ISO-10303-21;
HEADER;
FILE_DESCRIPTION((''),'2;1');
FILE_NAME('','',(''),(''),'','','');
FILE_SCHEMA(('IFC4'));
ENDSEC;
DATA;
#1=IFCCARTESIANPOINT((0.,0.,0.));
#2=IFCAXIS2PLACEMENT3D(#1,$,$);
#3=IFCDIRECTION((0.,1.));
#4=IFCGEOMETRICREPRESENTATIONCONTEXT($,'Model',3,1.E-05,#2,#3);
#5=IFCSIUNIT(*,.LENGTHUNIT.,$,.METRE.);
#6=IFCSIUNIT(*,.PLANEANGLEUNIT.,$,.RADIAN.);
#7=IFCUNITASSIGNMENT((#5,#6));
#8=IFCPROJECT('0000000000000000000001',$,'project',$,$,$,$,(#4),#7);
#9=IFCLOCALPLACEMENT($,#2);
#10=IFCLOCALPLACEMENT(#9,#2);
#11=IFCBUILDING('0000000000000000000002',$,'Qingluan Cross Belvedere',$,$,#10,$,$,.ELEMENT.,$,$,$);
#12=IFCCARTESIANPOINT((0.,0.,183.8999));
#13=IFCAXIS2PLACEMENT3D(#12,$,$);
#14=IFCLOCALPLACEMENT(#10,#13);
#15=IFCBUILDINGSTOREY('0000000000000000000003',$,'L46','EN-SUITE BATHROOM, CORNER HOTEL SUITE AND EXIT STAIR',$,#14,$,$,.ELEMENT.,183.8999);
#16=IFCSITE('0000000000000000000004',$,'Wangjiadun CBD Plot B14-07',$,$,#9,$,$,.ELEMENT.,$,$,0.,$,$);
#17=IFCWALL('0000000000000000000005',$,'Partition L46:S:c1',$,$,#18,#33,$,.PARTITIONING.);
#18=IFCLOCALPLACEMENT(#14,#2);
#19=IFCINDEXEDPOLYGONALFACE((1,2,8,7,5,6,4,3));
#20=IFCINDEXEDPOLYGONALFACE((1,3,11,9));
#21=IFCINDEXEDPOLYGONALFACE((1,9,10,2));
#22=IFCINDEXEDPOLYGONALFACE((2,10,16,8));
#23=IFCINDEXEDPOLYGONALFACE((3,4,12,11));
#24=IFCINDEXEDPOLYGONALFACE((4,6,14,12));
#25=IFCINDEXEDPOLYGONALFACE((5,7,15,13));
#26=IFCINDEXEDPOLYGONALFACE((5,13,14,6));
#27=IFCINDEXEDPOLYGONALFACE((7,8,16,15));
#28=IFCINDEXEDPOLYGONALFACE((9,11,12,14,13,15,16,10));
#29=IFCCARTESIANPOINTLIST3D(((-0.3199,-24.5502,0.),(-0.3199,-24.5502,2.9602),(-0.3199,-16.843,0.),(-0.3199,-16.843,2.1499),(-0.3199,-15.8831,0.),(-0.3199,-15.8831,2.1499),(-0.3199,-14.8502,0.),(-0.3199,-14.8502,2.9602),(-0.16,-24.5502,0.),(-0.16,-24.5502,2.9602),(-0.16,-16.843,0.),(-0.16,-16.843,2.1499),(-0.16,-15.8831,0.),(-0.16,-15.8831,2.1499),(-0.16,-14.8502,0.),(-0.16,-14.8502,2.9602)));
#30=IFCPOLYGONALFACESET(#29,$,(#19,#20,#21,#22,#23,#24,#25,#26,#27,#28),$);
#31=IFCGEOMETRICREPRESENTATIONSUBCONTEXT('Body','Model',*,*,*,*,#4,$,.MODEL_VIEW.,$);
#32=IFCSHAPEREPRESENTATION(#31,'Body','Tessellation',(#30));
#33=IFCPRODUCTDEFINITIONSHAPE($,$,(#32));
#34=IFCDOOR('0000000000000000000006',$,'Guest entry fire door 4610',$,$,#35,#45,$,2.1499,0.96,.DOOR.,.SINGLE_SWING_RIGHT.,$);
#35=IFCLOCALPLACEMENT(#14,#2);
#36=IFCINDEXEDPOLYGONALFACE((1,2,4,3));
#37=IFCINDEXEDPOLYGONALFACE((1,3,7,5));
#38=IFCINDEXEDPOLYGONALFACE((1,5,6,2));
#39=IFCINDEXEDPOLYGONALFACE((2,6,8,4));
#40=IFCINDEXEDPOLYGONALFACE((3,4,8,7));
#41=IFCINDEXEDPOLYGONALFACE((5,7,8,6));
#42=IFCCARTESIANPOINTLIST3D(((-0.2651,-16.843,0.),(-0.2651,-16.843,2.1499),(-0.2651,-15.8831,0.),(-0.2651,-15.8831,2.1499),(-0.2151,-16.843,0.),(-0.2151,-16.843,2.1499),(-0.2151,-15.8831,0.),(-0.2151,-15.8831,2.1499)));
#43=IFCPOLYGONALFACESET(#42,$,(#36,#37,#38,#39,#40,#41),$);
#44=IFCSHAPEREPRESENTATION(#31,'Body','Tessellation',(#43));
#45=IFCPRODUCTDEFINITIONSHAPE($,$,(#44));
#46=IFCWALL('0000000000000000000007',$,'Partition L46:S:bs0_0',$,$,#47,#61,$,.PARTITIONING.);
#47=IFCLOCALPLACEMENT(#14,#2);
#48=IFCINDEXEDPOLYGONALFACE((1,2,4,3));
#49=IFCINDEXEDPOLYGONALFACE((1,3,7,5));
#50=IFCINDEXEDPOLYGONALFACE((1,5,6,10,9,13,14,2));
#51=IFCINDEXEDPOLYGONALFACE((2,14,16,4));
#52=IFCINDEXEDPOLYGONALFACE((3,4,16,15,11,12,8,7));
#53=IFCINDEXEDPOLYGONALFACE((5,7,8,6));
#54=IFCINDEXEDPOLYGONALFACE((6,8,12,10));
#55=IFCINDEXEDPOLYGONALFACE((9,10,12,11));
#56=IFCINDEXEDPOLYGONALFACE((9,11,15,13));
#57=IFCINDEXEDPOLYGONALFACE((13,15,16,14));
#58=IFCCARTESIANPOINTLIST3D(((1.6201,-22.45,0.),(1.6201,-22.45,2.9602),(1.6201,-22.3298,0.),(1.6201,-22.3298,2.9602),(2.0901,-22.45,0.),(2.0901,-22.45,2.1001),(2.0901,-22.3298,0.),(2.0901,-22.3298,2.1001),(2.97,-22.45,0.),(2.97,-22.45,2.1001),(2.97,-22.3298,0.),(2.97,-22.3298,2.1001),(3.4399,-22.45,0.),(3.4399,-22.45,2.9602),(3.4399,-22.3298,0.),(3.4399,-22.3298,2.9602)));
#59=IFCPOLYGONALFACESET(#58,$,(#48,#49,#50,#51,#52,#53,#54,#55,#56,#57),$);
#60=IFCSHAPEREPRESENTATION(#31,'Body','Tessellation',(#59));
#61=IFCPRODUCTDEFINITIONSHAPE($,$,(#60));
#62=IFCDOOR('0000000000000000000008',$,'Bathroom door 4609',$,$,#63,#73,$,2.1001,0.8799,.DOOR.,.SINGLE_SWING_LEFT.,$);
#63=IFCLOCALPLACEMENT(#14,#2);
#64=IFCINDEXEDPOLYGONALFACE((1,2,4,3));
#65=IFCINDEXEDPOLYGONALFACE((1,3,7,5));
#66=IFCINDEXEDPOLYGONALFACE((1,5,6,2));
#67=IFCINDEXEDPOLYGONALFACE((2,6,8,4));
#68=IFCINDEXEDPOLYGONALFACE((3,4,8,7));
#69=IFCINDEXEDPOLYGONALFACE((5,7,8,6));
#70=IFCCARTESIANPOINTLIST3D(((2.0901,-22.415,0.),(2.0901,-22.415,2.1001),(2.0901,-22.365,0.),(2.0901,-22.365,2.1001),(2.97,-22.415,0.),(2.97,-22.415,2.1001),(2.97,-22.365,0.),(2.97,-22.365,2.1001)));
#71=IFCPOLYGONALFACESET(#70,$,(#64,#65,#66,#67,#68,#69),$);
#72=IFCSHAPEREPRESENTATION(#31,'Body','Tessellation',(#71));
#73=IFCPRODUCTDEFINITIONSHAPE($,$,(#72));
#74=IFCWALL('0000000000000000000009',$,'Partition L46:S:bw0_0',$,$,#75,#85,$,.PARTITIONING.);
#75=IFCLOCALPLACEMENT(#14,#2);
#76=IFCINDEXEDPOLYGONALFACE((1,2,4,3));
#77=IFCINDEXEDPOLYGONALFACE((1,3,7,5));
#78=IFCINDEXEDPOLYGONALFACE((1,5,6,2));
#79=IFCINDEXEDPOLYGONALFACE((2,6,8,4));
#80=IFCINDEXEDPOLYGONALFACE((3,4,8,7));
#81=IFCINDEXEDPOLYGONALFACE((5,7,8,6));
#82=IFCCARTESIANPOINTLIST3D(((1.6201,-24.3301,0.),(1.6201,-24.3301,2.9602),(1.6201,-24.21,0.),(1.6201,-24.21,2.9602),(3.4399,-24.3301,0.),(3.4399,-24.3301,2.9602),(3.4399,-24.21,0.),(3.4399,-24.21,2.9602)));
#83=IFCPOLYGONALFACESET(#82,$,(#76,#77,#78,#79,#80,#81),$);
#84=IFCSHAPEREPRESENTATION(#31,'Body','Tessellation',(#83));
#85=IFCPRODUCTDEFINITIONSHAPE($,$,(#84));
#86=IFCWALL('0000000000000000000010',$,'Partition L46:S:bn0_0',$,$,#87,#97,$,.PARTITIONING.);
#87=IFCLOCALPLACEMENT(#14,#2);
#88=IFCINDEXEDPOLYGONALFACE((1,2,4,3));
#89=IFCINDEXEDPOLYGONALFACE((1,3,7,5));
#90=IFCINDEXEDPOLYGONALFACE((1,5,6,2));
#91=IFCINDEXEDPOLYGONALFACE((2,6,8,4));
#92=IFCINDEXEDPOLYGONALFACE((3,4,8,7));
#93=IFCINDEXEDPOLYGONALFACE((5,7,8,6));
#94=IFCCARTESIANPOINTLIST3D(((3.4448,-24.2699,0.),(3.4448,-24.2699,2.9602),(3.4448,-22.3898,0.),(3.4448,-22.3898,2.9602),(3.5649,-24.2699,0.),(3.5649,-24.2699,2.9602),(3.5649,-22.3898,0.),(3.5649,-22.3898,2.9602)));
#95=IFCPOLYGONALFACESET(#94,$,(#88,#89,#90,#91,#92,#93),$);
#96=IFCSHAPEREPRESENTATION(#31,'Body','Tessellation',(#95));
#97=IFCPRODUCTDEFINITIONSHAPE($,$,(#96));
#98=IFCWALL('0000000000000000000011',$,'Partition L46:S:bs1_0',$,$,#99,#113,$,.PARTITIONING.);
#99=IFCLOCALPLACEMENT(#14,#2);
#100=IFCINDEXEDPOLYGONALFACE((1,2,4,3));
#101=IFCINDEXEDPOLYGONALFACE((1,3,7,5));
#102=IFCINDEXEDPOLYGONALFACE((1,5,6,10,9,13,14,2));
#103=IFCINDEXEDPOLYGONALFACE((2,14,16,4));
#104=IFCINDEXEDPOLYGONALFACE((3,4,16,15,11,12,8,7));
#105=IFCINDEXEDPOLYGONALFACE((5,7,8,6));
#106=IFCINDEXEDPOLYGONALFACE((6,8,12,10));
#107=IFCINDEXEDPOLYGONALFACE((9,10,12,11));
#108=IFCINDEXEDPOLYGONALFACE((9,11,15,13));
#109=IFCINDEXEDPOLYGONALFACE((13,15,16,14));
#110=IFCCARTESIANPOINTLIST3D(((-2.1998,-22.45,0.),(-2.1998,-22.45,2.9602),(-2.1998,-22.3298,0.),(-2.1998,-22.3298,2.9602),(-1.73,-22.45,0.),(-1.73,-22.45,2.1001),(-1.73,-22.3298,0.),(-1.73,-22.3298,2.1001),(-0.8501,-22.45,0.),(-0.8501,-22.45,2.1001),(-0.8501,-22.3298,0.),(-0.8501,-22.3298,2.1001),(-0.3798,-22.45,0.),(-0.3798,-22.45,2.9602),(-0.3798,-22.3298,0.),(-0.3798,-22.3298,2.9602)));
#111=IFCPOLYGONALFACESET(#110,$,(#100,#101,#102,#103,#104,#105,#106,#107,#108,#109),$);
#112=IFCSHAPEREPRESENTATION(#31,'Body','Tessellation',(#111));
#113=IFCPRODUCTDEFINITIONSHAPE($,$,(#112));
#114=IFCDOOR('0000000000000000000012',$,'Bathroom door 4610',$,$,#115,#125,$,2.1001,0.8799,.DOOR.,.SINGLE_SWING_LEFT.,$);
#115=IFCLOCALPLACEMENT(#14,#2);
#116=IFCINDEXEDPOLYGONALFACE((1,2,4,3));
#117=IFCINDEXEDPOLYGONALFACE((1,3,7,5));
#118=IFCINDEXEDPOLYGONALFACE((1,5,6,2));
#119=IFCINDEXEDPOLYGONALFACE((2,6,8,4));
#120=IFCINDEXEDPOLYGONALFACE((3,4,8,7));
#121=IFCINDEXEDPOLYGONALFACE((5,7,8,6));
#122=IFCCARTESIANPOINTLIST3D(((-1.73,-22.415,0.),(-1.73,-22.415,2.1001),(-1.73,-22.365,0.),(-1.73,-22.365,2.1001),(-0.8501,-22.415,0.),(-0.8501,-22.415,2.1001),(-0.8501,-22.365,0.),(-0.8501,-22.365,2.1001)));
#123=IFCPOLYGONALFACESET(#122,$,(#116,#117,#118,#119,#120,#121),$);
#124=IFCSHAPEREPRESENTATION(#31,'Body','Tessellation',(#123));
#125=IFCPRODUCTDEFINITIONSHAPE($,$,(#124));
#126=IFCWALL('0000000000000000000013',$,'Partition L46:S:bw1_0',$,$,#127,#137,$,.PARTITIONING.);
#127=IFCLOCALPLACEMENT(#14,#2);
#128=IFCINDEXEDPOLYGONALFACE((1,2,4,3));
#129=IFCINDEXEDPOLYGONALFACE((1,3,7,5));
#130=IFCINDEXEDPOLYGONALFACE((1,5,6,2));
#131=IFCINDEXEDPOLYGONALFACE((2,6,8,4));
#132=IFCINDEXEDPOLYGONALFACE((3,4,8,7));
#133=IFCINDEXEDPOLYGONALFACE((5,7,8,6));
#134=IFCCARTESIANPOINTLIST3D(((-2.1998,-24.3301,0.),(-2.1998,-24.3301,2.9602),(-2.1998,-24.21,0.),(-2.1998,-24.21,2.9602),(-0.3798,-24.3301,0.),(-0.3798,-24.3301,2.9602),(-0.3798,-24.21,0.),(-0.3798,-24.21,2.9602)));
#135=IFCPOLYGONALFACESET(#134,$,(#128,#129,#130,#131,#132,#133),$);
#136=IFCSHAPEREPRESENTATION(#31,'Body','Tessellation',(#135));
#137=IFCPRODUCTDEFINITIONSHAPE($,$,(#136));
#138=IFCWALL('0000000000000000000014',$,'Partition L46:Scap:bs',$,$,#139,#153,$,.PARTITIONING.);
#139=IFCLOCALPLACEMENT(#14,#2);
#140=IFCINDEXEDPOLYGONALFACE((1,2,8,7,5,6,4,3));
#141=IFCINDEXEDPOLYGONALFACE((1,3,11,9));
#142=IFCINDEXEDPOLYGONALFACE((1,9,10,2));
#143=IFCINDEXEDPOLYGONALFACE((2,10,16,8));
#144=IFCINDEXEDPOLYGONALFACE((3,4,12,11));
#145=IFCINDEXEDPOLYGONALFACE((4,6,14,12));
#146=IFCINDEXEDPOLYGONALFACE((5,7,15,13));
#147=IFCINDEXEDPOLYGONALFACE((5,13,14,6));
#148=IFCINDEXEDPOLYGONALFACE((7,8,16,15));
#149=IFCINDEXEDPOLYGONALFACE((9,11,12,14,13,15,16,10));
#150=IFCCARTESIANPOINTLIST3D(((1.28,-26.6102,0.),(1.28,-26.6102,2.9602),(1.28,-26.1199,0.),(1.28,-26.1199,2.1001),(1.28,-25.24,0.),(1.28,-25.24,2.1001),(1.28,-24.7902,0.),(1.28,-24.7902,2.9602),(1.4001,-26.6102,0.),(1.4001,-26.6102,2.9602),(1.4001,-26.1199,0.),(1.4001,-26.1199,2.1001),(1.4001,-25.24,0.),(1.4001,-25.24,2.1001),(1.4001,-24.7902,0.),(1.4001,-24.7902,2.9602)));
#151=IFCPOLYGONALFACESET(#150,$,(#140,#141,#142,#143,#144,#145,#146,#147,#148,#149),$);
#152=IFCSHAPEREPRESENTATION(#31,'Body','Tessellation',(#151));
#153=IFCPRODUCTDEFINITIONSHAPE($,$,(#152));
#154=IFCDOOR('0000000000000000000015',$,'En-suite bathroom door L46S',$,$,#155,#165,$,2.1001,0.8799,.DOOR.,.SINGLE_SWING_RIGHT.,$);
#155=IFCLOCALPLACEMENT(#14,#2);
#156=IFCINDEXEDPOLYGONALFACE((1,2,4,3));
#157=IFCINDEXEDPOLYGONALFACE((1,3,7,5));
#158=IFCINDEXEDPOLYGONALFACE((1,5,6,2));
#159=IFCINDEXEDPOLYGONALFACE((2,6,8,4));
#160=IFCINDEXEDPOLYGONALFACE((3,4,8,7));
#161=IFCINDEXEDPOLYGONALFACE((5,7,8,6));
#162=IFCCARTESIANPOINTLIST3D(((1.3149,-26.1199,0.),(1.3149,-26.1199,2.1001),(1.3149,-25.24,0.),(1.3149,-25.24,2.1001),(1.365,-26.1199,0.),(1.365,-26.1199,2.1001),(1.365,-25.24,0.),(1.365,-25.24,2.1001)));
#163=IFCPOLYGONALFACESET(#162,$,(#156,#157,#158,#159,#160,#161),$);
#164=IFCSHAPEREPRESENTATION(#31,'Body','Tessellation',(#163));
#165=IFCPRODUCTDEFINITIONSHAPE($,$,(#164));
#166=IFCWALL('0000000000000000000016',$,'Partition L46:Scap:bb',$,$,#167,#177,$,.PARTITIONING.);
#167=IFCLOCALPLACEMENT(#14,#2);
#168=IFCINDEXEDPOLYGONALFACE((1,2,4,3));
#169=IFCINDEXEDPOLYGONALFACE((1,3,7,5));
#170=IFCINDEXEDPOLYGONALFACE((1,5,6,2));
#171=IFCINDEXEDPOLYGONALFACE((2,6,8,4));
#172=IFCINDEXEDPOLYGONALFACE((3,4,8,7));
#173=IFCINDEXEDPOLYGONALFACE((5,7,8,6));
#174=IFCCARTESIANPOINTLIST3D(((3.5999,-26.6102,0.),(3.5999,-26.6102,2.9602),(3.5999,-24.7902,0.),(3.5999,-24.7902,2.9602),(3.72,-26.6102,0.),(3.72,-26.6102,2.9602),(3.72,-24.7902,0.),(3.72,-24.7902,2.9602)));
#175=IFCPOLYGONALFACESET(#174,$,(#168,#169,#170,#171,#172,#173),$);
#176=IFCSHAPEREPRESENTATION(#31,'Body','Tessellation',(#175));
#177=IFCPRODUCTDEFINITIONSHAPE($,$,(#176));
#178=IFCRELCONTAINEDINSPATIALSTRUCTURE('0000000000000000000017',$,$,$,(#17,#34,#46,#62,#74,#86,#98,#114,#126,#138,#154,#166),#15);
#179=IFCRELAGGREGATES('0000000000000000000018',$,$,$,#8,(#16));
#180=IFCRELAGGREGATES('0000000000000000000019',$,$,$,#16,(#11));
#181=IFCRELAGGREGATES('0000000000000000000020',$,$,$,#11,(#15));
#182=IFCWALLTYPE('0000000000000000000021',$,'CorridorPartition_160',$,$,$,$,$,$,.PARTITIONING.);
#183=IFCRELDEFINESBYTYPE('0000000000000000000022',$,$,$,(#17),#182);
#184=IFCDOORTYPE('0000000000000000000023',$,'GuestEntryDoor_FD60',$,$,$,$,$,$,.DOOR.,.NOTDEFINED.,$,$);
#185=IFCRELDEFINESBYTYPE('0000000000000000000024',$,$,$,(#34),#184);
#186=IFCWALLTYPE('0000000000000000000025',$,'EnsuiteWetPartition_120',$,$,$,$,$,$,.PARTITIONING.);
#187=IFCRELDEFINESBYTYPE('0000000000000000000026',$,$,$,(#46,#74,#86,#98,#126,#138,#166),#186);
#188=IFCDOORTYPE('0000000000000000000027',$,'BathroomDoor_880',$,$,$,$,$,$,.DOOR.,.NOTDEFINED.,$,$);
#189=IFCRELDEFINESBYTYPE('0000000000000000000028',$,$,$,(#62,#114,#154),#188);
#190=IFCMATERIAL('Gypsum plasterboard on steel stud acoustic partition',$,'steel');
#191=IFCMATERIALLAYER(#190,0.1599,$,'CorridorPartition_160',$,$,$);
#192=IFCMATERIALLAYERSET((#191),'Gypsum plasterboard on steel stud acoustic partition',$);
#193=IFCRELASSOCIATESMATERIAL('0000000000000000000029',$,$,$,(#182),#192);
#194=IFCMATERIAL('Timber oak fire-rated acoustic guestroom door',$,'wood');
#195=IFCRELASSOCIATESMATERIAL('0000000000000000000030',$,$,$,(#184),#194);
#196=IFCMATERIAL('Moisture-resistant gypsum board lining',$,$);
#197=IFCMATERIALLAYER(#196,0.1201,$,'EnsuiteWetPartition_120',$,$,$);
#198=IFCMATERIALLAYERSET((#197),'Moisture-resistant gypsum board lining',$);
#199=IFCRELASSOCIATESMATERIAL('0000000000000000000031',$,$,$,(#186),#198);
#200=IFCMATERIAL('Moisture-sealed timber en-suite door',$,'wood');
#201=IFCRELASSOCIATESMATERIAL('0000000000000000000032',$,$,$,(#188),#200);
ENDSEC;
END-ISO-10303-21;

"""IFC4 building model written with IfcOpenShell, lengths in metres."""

from ifc_helpers import new_model, si_unit, direction, frame, frame_2d, origin, place, context, subcontext, project, spatial, rectangle, extrude, material, layer, layer_set, type_object, element, fill, save


model = new_model("IFC4")

# Units and contexts
model_context = context("Model", 3, precision=1e-05, world=origin(), true_north=direction((0.0, 1.0)))
body_context = subcontext(model_context, "Body", "Model", "MODEL_VIEW")
ifc_project = project(units=[si_unit("LENGTHUNIT", "METRE"), si_unit("PLANEANGLEUNIT", "RADIAN")], contexts=[model_context])

# Site, building, storey
site_placement = place(None, origin())
site = spatial("IfcSite", under=ifc_project, at=site_placement, Name="Wangjiadun CBD Plot B14-07", CompositionType="ELEMENT", RefElevation=0.0)
building_placement = place(site_placement, origin())
building = spatial("IfcBuilding", under=site, at=building_placement, Name="Qingluan Cross Belvedere", CompositionType="ELEMENT")
storey_placement = place(building_placement, frame((0.0, 0.0, 183.8999)))
storey = spatial("IfcBuildingStorey", under=building, at=storey_placement, Name="L46", Description="EN-SUITE BATHROOM, CORNER HOTEL SUITE AND EXIT STAIR", CompositionType="ELEMENT", Elevation=183.8999)

# Walls, openings, doors
ifc_material_1 = material(Name="Gypsum plasterboard on steel stud acoustic partition", Category="steel")
ifc_layer_1 = layer(ifc_material_1, 0.1599, Name="CorridorPartition_160")
ifc_layer_set_1 = layer_set([ifc_layer_1], Name="Gypsum plasterboard on steel stud acoustic partition")
wall_type_1 = type_object("IfcWallType", Name="CorridorPartition_160", PredefinedType="PARTITIONING", material=ifc_layer_set_1)
wall_1_placement = place(storey_placement, frame((-0.24, -14.8501, 0.0), z_axis=(0.0, 0.0, 1.0), x_axis=(0.0, -1.0, 0.0)))
wall_1 = element("IfcWall", 1, at=wall_1_placement, inside=storey, type_object=wall_type_1, Name="Partition L46:S:c1", PredefinedType="PARTITIONING", context=body_context, shape_type="SweptSolid", body=[
    extrude(rectangle(XDim=9.7, YDim=0.1599, at=frame_2d((4.8501, 0.0))), origin(), (0.0, 0.0, 1.0), 2.9602),
])
opening_1_placement = place(wall_1_placement, frame((1.033, 0.0, 0.0)))
opening_1 = element("IfcOpeningElement", 2, at=opening_1_placement, cuts=wall_1, PredefinedType="OPENING", context=body_context, shape_type="SweptSolid", body=[
    extrude(rectangle(XDim=0.96, YDim=2.1499, at=frame_2d((0.48, 1.075))), frame((0.0, 0.0898, 0.0), z_axis=(0.0, -1.0, 0.0), x_axis=(1.0, 0.0, 0.0)), (0.0, 0.0, 1.0), 0.1799),
])
ifc_material_2 = material(Name="Timber oak fire-rated acoustic guestroom door", Category="wood")
door_type_1 = type_object("IfcDoorType", Name="GuestEntryDoor_FD60", OperationType="NOTDEFINED", PredefinedType="DOOR", material=ifc_material_2)
door_1_placement = place(opening_1_placement, origin())
door_1 = element("IfcDoor", 3, at=door_1_placement, inside=storey, type_object=door_type_1, Name="Guest entry fire door 4610", OperationType="SINGLE_SWING_RIGHT", OverallHeight=2.1499, OverallWidth=0.96, PredefinedType="DOOR", context=body_context, shape_type="SweptSolid", body=[
    extrude(rectangle(XDim=0.96, YDim=2.1499, at=frame_2d((0.48, 1.075))), frame((0.0, 0.0249, 0.0), z_axis=(0.0, -1.0, 0.0), x_axis=(1.0, 0.0, 0.0)), (0.0, 0.0, 1.0), 0.05),
])
fill(opening_1, door_1)
ifc_material_3 = material(Name="Moisture-resistant gypsum board lining")
ifc_layer_2 = layer(ifc_material_3, 0.1201, Name="EnsuiteWetPartition_120")
ifc_layer_set_2 = layer_set([ifc_layer_2], Name="Moisture-resistant gypsum board lining")
wall_type_2 = type_object("IfcWallType", Name="EnsuiteWetPartition_120", PredefinedType="PARTITIONING", material=ifc_layer_set_2)
wall_2_placement = place(storey_placement, frame((1.6201, -22.3899, 0.0), z_axis=(0.0, 0.0, 1.0), x_axis=(1.0, 0.0, 0.0)))
wall_2 = element("IfcWall", 4, at=wall_2_placement, inside=storey, type_object=wall_type_2, Name="Partition L46:S:bs0_0", PredefinedType="PARTITIONING", context=body_context, shape_type="SweptSolid", body=[
    extrude(rectangle(XDim=1.8198, YDim=0.1201, at=frame_2d((0.9099, 0.0))), origin(), (0.0, 0.0, 1.0), 2.9602),
])
opening_2_placement = place(wall_2_placement, frame((0.47, 0.0, 0.0)))
opening_2 = element("IfcOpeningElement", 5, at=opening_2_placement, cuts=wall_2, PredefinedType="OPENING", context=body_context, shape_type="SweptSolid", body=[
    extrude(rectangle(XDim=0.8799, YDim=2.1001, at=frame_2d((0.4399, 1.05))), frame((0.0, 0.0701, 0.0), z_axis=(0.0, -1.0, 0.0), x_axis=(1.0, 0.0, 0.0)), (0.0, 0.0, 1.0), 0.1401),
])
ifc_material_4 = material(Name="Moisture-sealed timber en-suite door", Category="wood")
door_type_2 = type_object("IfcDoorType", Name="BathroomDoor_880", OperationType="NOTDEFINED", PredefinedType="DOOR", material=ifc_material_4)
door_2_placement = place(opening_2_placement, origin())
door_2 = element("IfcDoor", 6, at=door_2_placement, inside=storey, type_object=door_type_2, Name="Bathroom door 4609", OperationType="SINGLE_SWING_LEFT", OverallHeight=2.1001, OverallWidth=0.8799, PredefinedType="DOOR", context=body_context, shape_type="SweptSolid", body=[
    extrude(rectangle(XDim=0.8799, YDim=2.1001, at=frame_2d((0.4399, 1.05))), frame((0.0, 0.0249, 0.0), z_axis=(0.0, -1.0, 0.0), x_axis=(1.0, 0.0, 0.0)), (0.0, 0.0, 1.0), 0.05),
])
fill(opening_2, door_2)

# Walls
wall_3_placement = place(storey_placement, frame((1.6201, -24.27, 0.0), z_axis=(0.0, 0.0, 1.0), x_axis=(1.0, 0.0, 0.0)))
element("IfcWall", 7, at=wall_3_placement, inside=storey, type_object=wall_type_2, Name="Partition L46:S:bw0_0", PredefinedType="PARTITIONING", context=body_context, shape_type="SweptSolid", body=[
    extrude(rectangle(XDim=1.8198, YDim=0.1201, at=frame_2d((0.9099, 0.0))), origin(), (0.0, 0.0, 1.0), 2.9602),
])
wall_4_placement = place(storey_placement, frame((3.5049, -22.3899, 0.0), z_axis=(0.0, 0.0, 1.0), x_axis=(0.0, -1.0, 0.0)))
element("IfcWall", 8, at=wall_4_placement, inside=storey, type_object=wall_type_2, Name="Partition L46:S:bn0_0", PredefinedType="PARTITIONING", context=body_context, shape_type="SweptSolid", body=[
    extrude(rectangle(XDim=1.8801, YDim=0.1201, at=frame_2d((0.9399, 0.0))), origin(), (0.0, 0.0, 1.0), 2.9602),
])

# Wall, opening, door
wall_5_placement = place(storey_placement, frame((-2.2, -22.3899, 0.0), z_axis=(0.0, 0.0, 1.0), x_axis=(1.0, 0.0, 0.0)))
wall_5 = element("IfcWall", 9, at=wall_5_placement, inside=storey, type_object=wall_type_2, Name="Partition L46:S:bs1_0", PredefinedType="PARTITIONING", context=body_context, shape_type="SweptSolid", body=[
    extrude(rectangle(XDim=1.8201, YDim=0.1201, at=frame_2d((0.9102, 0.0))), origin(), (0.0, 0.0, 1.0), 2.9602),
])
opening_3_placement = place(wall_5_placement, frame((0.47, 0.0, 0.0)))
opening_3 = element("IfcOpeningElement", 10, at=opening_3_placement, cuts=wall_5, PredefinedType="OPENING", context=body_context, shape_type="SweptSolid", body=[
    extrude(rectangle(XDim=0.8799, YDim=2.1001, at=frame_2d((0.4399, 1.05))), frame((0.0, 0.0701, 0.0), z_axis=(0.0, -1.0, 0.0), x_axis=(1.0, 0.0, 0.0)), (0.0, 0.0, 1.0), 0.1401),
])
door_3_placement = place(opening_3_placement, origin())
door_3 = element("IfcDoor", 11, at=door_3_placement, inside=storey, type_object=door_type_2, Name="Bathroom door 4610", OperationType="SINGLE_SWING_LEFT", OverallHeight=2.1001, OverallWidth=0.8799, PredefinedType="DOOR", context=body_context, shape_type="SweptSolid", body=[
    extrude(rectangle(XDim=0.8799, YDim=2.1001, at=frame_2d((0.4399, 1.05))), frame((0.0, 0.0249, 0.0), z_axis=(0.0, -1.0, 0.0), x_axis=(1.0, 0.0, 0.0)), (0.0, 0.0, 1.0), 0.05),
])
fill(opening_3, door_3)

# Wall
wall_6_placement = place(storey_placement, frame((-2.2, -24.27, 0.0), z_axis=(0.0, 0.0, 1.0), x_axis=(1.0, 0.0, 0.0)))
element("IfcWall", 12, at=wall_6_placement, inside=storey, type_object=wall_type_2, Name="Partition L46:S:bw1_0", PredefinedType="PARTITIONING", context=body_context, shape_type="SweptSolid", body=[
    extrude(rectangle(XDim=1.8201, YDim=0.1201, at=frame_2d((0.9102, 0.0))), origin(), (0.0, 0.0, 1.0), 2.9602),
])

# Wall, opening, door
wall_7_placement = place(storey_placement, frame((1.3401, -24.79, 0.0), z_axis=(0.0, 0.0, 1.0), x_axis=(0.0, -1.0, 0.0)))
wall_7 = element("IfcWall", 13, at=wall_7_placement, inside=storey, type_object=wall_type_2, Name="Partition L46:Scap:bs", PredefinedType="PARTITIONING", context=body_context, shape_type="SweptSolid", body=[
    extrude(rectangle(XDim=1.8201, YDim=0.1201, at=frame_2d((0.9102, 0.0))), origin(), (0.0, 0.0, 1.0), 2.9602),
])
opening_4_placement = place(wall_7_placement, frame((0.45, 0.0, 0.0)))
opening_4 = element("IfcOpeningElement", 14, at=opening_4_placement, cuts=wall_7, PredefinedType="OPENING", context=body_context, shape_type="SweptSolid", body=[
    extrude(rectangle(XDim=0.8799, YDim=2.1001, at=frame_2d((0.4399, 1.05))), frame((0.0, 0.0701, 0.0), z_axis=(0.0, -1.0, 0.0), x_axis=(1.0, 0.0, 0.0)), (0.0, 0.0, 1.0), 0.1401),
])
door_4_placement = place(opening_4_placement, origin())
door_4 = element("IfcDoor", 15, at=door_4_placement, inside=storey, type_object=door_type_2, Name="En-suite bathroom door L46S", OperationType="SINGLE_SWING_RIGHT", OverallHeight=2.1001, OverallWidth=0.8799, PredefinedType="DOOR", context=body_context, shape_type="SweptSolid", body=[
    extrude(rectangle(XDim=0.8799, YDim=2.1001, at=frame_2d((0.4399, 1.05))), frame((0.0, 0.0249, 0.0), z_axis=(0.0, -1.0, 0.0), x_axis=(1.0, 0.0, 0.0)), (0.0, 0.0, 1.0), 0.05),
])
fill(opening_4, door_4)

# Wall
wall_8_placement = place(storey_placement, frame((3.6599, -24.79, 0.0), z_axis=(0.0, 0.0, 1.0), x_axis=(0.0, -1.0, 0.0)))
element("IfcWall", 16, at=wall_8_placement, inside=storey, type_object=wall_type_2, Name="Partition L46:Scap:bb", PredefinedType="PARTITIONING", context=body_context, shape_type="SweptSolid", body=[
    extrude(rectangle(XDim=1.8201, YDim=0.1201, at=frame_2d((0.9102, 0.0))), origin(), (0.0, 0.0, 1.0), 2.9602),
])

save(model, "model.ifc")
